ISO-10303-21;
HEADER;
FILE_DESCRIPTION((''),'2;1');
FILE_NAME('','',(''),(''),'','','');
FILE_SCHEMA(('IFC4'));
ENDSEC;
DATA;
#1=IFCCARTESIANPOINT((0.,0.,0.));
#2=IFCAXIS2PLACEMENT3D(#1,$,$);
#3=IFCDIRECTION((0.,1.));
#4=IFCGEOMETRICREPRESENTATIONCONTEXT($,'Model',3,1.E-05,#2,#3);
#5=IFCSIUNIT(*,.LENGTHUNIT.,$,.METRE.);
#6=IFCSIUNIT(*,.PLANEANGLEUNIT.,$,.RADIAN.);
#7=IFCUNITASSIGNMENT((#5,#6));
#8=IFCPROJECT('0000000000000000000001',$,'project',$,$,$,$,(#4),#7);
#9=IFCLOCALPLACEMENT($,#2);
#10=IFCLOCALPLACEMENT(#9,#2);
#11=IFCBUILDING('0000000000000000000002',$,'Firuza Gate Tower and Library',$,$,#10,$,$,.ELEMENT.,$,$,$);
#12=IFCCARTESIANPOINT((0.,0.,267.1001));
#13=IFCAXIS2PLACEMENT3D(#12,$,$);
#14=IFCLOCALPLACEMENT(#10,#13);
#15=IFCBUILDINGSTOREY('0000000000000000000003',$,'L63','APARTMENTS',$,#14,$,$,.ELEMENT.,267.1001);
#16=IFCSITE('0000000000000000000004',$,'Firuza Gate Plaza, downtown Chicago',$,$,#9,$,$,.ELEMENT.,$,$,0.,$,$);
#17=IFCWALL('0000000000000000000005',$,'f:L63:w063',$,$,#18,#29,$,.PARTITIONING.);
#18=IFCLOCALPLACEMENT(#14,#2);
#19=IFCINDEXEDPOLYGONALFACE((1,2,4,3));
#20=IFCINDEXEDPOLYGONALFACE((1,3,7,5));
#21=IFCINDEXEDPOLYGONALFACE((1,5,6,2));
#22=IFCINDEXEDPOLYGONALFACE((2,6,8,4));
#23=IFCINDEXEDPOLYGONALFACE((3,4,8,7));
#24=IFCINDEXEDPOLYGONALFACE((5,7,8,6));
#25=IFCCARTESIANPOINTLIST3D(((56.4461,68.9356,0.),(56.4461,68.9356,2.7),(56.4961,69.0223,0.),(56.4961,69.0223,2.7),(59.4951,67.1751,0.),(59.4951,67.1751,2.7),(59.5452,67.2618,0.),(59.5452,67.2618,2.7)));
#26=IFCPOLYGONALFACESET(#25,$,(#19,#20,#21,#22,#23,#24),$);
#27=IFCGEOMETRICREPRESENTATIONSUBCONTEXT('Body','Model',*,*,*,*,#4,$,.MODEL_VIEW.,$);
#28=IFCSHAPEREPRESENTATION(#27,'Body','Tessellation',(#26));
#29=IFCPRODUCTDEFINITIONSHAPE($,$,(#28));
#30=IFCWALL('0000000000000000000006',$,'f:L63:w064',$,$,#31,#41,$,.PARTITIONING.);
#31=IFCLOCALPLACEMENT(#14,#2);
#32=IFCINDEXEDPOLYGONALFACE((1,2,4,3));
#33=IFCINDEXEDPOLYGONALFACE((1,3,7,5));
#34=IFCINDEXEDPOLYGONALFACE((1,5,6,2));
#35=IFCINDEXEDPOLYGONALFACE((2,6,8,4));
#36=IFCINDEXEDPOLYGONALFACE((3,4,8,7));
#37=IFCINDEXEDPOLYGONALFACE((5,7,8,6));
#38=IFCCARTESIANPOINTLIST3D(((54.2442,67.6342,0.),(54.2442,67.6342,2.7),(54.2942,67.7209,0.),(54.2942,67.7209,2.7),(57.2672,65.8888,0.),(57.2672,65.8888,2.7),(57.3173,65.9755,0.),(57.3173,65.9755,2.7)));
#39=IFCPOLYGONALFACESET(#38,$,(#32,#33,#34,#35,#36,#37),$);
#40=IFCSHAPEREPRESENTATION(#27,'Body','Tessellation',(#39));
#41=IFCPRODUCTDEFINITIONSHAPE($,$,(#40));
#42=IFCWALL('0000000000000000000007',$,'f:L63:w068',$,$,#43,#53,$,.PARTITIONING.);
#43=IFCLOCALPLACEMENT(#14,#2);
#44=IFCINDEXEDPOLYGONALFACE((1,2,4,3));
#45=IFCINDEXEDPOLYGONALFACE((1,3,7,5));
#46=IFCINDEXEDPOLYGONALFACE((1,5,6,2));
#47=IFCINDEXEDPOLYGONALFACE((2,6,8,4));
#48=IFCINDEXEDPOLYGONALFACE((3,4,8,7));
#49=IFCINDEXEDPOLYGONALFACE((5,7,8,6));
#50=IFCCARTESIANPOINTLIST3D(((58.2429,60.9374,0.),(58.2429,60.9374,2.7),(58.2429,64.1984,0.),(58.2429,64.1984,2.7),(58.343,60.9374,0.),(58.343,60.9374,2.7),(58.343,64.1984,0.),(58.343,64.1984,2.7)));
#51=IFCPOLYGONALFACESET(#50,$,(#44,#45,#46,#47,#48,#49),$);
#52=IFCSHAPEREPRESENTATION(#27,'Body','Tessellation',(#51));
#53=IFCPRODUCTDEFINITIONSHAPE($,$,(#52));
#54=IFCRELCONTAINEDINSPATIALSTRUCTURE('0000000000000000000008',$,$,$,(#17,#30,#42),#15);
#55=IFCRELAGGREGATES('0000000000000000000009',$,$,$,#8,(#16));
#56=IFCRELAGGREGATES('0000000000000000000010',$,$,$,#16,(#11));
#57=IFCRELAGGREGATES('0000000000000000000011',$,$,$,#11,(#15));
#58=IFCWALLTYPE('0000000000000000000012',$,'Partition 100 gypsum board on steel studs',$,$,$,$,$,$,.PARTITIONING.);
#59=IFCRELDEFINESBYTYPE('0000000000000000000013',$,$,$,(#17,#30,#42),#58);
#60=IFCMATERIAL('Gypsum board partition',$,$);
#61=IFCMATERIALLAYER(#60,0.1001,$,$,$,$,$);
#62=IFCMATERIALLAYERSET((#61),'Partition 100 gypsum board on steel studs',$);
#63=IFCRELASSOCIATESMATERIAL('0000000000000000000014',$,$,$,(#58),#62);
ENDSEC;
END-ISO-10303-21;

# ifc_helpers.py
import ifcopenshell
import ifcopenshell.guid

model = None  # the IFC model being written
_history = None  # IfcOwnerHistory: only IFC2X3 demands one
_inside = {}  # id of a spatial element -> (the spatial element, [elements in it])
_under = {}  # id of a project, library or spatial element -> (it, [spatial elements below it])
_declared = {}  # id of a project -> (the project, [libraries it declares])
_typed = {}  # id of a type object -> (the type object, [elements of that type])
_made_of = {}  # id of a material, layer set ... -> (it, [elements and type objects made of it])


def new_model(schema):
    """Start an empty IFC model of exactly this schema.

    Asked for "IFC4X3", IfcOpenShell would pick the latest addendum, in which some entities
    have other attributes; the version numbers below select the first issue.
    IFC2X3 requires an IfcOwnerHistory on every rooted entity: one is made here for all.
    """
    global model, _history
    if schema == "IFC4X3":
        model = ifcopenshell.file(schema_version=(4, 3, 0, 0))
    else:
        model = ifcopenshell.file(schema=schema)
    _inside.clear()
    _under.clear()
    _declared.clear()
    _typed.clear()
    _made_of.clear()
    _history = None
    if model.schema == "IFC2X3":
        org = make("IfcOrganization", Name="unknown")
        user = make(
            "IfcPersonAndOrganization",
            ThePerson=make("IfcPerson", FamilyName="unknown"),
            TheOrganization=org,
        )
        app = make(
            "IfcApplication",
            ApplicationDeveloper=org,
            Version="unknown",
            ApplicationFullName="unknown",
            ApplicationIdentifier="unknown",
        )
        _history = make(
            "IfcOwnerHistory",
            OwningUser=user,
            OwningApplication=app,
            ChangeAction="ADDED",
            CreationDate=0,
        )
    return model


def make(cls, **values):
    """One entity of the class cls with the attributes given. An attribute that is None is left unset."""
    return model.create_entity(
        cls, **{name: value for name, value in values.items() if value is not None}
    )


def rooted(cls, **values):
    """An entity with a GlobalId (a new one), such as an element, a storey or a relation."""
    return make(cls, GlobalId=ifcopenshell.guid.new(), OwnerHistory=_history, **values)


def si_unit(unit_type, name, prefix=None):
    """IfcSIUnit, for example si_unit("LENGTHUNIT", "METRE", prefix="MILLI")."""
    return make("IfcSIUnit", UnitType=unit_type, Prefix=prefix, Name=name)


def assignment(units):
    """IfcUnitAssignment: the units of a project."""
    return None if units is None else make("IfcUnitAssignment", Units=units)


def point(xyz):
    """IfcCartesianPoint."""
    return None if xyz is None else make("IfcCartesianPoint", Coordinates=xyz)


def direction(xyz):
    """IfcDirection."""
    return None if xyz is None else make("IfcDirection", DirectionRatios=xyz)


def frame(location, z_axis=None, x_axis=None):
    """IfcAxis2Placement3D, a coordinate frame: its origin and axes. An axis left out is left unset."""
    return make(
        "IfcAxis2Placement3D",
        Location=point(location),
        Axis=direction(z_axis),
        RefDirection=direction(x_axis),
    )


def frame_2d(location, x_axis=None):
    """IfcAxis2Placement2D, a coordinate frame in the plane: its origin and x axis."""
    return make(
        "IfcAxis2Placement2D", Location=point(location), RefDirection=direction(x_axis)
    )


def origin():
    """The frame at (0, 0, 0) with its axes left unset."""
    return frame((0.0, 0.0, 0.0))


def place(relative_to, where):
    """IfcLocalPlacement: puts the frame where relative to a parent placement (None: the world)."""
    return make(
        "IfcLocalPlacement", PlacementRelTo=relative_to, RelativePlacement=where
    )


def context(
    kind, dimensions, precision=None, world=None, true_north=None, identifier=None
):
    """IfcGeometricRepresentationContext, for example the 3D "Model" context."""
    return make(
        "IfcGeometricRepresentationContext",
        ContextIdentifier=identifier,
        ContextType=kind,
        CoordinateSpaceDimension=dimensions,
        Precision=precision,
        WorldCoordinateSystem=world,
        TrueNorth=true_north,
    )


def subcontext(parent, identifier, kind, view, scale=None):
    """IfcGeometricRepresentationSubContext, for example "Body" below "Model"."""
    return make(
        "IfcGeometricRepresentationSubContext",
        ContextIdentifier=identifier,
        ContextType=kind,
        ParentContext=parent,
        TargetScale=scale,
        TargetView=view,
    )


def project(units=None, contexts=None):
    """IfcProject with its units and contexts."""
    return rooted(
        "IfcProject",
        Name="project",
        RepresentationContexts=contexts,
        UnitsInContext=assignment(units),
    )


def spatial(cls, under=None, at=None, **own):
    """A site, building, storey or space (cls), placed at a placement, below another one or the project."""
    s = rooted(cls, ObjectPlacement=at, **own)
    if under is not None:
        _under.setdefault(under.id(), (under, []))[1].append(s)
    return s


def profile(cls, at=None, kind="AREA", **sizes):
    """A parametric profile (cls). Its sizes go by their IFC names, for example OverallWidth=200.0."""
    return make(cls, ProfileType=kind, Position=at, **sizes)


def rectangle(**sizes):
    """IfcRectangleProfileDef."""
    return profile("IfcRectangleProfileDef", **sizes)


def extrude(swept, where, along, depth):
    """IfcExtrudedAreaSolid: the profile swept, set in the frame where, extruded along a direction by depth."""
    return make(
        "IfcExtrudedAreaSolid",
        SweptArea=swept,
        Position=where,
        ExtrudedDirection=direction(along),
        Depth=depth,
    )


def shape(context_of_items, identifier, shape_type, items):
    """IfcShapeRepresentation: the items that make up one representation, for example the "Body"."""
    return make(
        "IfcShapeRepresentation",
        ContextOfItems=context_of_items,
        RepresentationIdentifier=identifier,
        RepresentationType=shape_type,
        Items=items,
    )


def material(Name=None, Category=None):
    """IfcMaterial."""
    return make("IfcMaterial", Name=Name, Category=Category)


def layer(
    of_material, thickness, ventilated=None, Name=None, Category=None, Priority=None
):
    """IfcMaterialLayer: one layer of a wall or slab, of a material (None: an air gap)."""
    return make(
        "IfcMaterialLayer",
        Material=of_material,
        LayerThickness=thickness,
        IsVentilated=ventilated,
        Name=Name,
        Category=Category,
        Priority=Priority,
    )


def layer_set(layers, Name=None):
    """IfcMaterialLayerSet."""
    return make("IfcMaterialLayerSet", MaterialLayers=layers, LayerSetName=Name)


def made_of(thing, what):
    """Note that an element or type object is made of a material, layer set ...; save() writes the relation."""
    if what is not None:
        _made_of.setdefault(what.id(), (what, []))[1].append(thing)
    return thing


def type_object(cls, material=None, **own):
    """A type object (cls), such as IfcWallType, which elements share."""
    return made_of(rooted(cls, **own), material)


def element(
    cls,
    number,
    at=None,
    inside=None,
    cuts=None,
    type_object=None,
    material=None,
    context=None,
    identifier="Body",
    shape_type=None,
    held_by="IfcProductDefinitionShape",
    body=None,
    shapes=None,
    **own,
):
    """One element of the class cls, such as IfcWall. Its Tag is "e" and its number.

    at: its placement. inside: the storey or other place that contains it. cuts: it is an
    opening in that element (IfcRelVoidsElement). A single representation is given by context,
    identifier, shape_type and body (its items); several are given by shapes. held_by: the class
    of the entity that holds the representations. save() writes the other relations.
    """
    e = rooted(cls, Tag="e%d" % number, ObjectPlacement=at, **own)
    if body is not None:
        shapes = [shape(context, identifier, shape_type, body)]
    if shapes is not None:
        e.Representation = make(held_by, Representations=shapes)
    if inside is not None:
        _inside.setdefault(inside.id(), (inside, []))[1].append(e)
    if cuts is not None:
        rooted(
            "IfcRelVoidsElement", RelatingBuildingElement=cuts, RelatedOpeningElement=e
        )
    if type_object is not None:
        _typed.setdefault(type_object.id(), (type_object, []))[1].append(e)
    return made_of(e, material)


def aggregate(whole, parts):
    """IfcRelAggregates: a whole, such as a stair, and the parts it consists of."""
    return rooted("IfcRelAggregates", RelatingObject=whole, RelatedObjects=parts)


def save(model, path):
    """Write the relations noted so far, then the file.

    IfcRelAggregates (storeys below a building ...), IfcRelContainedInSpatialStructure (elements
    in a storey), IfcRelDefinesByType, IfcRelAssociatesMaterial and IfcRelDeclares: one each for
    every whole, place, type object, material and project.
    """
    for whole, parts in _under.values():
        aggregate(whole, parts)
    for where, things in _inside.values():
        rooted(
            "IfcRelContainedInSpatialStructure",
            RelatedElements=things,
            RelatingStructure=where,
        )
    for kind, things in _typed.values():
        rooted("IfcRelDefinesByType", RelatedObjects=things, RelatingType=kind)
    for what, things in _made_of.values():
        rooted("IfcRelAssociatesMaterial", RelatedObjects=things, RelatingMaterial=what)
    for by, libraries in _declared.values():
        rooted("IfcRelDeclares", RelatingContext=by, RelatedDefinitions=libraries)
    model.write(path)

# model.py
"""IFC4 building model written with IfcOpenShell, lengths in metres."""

from ifc_helpers import new_model, si_unit, direction, frame, frame_2d, origin, place, context, subcontext, project, spatial, rectangle, extrude, material, layer, layer_set, type_object, element, save


model = new_model("IFC4")

# Units and contexts
model_context = context("Model", 3, precision=1e-05, world=origin(), true_north=direction((0.0, 1.0)))
body_context = subcontext(model_context, "Body", "Model", "MODEL_VIEW")
ifc_project = project(units=[si_unit("LENGTHUNIT", "METRE"), si_unit("PLANEANGLEUNIT", "RADIAN")], contexts=[model_context])

# Site, building, storey
site_placement = place(None, origin())
site = spatial("IfcSite", under=ifc_project, at=site_placement, Name="Firuza Gate Plaza, downtown Chicago", CompositionType="ELEMENT", RefElevation=0.0)
building_placement = place(site_placement, origin())
building = spatial("IfcBuilding", under=site, at=building_placement, Name="Firuza Gate Tower and Library", CompositionType="ELEMENT")
storey_placement = place(building_placement, frame((0.0, 0.0, 267.1001)))
storey = spatial("IfcBuildingStorey", under=building, at=storey_placement, Name="L63", Description="APARTMENTS", CompositionType="ELEMENT", Elevation=267.1001)

# Walls
ifc_material_1 = material(Name="Gypsum board partition")
ifc_layer_1 = layer(ifc_material_1, 0.1001)
ifc_layer_set_1 = layer_set([ifc_layer_1], Name="Partition 100 gypsum board on steel studs")
wall_type_1 = type_object("IfcWallType", Name="Partition 100 gypsum board on steel studs", PredefinedType="PARTITIONING", material=ifc_layer_set_1)
wall_1_placement = place(storey_placement, frame((59.52, 67.2185, 0.0), z_axis=(0.0, 0.0, 1.0), x_axis=(-0.866011, 0.500025, 0.0)))
element("IfcWall", 1, at=wall_1_placement, inside=storey, type_object=wall_type_1, Name="f:L63:w063", PredefinedType="PARTITIONING", context=body_context, shape_type="SweptSolid", body=[
    extrude(rectangle(XDim=3.5208, YDim=0.1001, at=frame_2d((1.7603, 0.0))), origin(), (0.0, 0.0, 1.0), 2.7),
])
wall_2_placement = place(storey_placement, frame((57.2922, 65.9321, 0.0), z_axis=(0.0, 0.0, 1.0), x_axis=(-0.866018, 0.500013, 0.0)))
element("IfcWall", 2, at=wall_2_placement, inside=storey, type_object=wall_type_1, Name="f:L63:w064", PredefinedType="PARTITIONING", context=body_context, shape_type="SweptSolid", body=[
    extrude(rectangle(XDim=3.4907, YDim=0.1001, at=frame_2d((1.7454, 0.0))), origin(), (0.0, 0.0, 1.0), 2.7),
])
wall_3_placement = place(storey_placement, frame((58.293, 60.9375, 0.0), z_axis=(0.0, 0.0, 1.0), x_axis=(0.0, 1.0, 0.0)))
element("IfcWall", 3, at=wall_3_placement, inside=storey, type_object=wall_type_1, Name="f:L63:w068", PredefinedType="PARTITIONING", context=body_context, shape_type="SweptSolid", body=[
    extrude(rectangle(XDim=3.261, YDim=0.1001, at=frame_2d((1.6304, 0.0))), origin(), (0.0, 0.0, 1.0), 2.7),
])

save(model, "model.ifc")
